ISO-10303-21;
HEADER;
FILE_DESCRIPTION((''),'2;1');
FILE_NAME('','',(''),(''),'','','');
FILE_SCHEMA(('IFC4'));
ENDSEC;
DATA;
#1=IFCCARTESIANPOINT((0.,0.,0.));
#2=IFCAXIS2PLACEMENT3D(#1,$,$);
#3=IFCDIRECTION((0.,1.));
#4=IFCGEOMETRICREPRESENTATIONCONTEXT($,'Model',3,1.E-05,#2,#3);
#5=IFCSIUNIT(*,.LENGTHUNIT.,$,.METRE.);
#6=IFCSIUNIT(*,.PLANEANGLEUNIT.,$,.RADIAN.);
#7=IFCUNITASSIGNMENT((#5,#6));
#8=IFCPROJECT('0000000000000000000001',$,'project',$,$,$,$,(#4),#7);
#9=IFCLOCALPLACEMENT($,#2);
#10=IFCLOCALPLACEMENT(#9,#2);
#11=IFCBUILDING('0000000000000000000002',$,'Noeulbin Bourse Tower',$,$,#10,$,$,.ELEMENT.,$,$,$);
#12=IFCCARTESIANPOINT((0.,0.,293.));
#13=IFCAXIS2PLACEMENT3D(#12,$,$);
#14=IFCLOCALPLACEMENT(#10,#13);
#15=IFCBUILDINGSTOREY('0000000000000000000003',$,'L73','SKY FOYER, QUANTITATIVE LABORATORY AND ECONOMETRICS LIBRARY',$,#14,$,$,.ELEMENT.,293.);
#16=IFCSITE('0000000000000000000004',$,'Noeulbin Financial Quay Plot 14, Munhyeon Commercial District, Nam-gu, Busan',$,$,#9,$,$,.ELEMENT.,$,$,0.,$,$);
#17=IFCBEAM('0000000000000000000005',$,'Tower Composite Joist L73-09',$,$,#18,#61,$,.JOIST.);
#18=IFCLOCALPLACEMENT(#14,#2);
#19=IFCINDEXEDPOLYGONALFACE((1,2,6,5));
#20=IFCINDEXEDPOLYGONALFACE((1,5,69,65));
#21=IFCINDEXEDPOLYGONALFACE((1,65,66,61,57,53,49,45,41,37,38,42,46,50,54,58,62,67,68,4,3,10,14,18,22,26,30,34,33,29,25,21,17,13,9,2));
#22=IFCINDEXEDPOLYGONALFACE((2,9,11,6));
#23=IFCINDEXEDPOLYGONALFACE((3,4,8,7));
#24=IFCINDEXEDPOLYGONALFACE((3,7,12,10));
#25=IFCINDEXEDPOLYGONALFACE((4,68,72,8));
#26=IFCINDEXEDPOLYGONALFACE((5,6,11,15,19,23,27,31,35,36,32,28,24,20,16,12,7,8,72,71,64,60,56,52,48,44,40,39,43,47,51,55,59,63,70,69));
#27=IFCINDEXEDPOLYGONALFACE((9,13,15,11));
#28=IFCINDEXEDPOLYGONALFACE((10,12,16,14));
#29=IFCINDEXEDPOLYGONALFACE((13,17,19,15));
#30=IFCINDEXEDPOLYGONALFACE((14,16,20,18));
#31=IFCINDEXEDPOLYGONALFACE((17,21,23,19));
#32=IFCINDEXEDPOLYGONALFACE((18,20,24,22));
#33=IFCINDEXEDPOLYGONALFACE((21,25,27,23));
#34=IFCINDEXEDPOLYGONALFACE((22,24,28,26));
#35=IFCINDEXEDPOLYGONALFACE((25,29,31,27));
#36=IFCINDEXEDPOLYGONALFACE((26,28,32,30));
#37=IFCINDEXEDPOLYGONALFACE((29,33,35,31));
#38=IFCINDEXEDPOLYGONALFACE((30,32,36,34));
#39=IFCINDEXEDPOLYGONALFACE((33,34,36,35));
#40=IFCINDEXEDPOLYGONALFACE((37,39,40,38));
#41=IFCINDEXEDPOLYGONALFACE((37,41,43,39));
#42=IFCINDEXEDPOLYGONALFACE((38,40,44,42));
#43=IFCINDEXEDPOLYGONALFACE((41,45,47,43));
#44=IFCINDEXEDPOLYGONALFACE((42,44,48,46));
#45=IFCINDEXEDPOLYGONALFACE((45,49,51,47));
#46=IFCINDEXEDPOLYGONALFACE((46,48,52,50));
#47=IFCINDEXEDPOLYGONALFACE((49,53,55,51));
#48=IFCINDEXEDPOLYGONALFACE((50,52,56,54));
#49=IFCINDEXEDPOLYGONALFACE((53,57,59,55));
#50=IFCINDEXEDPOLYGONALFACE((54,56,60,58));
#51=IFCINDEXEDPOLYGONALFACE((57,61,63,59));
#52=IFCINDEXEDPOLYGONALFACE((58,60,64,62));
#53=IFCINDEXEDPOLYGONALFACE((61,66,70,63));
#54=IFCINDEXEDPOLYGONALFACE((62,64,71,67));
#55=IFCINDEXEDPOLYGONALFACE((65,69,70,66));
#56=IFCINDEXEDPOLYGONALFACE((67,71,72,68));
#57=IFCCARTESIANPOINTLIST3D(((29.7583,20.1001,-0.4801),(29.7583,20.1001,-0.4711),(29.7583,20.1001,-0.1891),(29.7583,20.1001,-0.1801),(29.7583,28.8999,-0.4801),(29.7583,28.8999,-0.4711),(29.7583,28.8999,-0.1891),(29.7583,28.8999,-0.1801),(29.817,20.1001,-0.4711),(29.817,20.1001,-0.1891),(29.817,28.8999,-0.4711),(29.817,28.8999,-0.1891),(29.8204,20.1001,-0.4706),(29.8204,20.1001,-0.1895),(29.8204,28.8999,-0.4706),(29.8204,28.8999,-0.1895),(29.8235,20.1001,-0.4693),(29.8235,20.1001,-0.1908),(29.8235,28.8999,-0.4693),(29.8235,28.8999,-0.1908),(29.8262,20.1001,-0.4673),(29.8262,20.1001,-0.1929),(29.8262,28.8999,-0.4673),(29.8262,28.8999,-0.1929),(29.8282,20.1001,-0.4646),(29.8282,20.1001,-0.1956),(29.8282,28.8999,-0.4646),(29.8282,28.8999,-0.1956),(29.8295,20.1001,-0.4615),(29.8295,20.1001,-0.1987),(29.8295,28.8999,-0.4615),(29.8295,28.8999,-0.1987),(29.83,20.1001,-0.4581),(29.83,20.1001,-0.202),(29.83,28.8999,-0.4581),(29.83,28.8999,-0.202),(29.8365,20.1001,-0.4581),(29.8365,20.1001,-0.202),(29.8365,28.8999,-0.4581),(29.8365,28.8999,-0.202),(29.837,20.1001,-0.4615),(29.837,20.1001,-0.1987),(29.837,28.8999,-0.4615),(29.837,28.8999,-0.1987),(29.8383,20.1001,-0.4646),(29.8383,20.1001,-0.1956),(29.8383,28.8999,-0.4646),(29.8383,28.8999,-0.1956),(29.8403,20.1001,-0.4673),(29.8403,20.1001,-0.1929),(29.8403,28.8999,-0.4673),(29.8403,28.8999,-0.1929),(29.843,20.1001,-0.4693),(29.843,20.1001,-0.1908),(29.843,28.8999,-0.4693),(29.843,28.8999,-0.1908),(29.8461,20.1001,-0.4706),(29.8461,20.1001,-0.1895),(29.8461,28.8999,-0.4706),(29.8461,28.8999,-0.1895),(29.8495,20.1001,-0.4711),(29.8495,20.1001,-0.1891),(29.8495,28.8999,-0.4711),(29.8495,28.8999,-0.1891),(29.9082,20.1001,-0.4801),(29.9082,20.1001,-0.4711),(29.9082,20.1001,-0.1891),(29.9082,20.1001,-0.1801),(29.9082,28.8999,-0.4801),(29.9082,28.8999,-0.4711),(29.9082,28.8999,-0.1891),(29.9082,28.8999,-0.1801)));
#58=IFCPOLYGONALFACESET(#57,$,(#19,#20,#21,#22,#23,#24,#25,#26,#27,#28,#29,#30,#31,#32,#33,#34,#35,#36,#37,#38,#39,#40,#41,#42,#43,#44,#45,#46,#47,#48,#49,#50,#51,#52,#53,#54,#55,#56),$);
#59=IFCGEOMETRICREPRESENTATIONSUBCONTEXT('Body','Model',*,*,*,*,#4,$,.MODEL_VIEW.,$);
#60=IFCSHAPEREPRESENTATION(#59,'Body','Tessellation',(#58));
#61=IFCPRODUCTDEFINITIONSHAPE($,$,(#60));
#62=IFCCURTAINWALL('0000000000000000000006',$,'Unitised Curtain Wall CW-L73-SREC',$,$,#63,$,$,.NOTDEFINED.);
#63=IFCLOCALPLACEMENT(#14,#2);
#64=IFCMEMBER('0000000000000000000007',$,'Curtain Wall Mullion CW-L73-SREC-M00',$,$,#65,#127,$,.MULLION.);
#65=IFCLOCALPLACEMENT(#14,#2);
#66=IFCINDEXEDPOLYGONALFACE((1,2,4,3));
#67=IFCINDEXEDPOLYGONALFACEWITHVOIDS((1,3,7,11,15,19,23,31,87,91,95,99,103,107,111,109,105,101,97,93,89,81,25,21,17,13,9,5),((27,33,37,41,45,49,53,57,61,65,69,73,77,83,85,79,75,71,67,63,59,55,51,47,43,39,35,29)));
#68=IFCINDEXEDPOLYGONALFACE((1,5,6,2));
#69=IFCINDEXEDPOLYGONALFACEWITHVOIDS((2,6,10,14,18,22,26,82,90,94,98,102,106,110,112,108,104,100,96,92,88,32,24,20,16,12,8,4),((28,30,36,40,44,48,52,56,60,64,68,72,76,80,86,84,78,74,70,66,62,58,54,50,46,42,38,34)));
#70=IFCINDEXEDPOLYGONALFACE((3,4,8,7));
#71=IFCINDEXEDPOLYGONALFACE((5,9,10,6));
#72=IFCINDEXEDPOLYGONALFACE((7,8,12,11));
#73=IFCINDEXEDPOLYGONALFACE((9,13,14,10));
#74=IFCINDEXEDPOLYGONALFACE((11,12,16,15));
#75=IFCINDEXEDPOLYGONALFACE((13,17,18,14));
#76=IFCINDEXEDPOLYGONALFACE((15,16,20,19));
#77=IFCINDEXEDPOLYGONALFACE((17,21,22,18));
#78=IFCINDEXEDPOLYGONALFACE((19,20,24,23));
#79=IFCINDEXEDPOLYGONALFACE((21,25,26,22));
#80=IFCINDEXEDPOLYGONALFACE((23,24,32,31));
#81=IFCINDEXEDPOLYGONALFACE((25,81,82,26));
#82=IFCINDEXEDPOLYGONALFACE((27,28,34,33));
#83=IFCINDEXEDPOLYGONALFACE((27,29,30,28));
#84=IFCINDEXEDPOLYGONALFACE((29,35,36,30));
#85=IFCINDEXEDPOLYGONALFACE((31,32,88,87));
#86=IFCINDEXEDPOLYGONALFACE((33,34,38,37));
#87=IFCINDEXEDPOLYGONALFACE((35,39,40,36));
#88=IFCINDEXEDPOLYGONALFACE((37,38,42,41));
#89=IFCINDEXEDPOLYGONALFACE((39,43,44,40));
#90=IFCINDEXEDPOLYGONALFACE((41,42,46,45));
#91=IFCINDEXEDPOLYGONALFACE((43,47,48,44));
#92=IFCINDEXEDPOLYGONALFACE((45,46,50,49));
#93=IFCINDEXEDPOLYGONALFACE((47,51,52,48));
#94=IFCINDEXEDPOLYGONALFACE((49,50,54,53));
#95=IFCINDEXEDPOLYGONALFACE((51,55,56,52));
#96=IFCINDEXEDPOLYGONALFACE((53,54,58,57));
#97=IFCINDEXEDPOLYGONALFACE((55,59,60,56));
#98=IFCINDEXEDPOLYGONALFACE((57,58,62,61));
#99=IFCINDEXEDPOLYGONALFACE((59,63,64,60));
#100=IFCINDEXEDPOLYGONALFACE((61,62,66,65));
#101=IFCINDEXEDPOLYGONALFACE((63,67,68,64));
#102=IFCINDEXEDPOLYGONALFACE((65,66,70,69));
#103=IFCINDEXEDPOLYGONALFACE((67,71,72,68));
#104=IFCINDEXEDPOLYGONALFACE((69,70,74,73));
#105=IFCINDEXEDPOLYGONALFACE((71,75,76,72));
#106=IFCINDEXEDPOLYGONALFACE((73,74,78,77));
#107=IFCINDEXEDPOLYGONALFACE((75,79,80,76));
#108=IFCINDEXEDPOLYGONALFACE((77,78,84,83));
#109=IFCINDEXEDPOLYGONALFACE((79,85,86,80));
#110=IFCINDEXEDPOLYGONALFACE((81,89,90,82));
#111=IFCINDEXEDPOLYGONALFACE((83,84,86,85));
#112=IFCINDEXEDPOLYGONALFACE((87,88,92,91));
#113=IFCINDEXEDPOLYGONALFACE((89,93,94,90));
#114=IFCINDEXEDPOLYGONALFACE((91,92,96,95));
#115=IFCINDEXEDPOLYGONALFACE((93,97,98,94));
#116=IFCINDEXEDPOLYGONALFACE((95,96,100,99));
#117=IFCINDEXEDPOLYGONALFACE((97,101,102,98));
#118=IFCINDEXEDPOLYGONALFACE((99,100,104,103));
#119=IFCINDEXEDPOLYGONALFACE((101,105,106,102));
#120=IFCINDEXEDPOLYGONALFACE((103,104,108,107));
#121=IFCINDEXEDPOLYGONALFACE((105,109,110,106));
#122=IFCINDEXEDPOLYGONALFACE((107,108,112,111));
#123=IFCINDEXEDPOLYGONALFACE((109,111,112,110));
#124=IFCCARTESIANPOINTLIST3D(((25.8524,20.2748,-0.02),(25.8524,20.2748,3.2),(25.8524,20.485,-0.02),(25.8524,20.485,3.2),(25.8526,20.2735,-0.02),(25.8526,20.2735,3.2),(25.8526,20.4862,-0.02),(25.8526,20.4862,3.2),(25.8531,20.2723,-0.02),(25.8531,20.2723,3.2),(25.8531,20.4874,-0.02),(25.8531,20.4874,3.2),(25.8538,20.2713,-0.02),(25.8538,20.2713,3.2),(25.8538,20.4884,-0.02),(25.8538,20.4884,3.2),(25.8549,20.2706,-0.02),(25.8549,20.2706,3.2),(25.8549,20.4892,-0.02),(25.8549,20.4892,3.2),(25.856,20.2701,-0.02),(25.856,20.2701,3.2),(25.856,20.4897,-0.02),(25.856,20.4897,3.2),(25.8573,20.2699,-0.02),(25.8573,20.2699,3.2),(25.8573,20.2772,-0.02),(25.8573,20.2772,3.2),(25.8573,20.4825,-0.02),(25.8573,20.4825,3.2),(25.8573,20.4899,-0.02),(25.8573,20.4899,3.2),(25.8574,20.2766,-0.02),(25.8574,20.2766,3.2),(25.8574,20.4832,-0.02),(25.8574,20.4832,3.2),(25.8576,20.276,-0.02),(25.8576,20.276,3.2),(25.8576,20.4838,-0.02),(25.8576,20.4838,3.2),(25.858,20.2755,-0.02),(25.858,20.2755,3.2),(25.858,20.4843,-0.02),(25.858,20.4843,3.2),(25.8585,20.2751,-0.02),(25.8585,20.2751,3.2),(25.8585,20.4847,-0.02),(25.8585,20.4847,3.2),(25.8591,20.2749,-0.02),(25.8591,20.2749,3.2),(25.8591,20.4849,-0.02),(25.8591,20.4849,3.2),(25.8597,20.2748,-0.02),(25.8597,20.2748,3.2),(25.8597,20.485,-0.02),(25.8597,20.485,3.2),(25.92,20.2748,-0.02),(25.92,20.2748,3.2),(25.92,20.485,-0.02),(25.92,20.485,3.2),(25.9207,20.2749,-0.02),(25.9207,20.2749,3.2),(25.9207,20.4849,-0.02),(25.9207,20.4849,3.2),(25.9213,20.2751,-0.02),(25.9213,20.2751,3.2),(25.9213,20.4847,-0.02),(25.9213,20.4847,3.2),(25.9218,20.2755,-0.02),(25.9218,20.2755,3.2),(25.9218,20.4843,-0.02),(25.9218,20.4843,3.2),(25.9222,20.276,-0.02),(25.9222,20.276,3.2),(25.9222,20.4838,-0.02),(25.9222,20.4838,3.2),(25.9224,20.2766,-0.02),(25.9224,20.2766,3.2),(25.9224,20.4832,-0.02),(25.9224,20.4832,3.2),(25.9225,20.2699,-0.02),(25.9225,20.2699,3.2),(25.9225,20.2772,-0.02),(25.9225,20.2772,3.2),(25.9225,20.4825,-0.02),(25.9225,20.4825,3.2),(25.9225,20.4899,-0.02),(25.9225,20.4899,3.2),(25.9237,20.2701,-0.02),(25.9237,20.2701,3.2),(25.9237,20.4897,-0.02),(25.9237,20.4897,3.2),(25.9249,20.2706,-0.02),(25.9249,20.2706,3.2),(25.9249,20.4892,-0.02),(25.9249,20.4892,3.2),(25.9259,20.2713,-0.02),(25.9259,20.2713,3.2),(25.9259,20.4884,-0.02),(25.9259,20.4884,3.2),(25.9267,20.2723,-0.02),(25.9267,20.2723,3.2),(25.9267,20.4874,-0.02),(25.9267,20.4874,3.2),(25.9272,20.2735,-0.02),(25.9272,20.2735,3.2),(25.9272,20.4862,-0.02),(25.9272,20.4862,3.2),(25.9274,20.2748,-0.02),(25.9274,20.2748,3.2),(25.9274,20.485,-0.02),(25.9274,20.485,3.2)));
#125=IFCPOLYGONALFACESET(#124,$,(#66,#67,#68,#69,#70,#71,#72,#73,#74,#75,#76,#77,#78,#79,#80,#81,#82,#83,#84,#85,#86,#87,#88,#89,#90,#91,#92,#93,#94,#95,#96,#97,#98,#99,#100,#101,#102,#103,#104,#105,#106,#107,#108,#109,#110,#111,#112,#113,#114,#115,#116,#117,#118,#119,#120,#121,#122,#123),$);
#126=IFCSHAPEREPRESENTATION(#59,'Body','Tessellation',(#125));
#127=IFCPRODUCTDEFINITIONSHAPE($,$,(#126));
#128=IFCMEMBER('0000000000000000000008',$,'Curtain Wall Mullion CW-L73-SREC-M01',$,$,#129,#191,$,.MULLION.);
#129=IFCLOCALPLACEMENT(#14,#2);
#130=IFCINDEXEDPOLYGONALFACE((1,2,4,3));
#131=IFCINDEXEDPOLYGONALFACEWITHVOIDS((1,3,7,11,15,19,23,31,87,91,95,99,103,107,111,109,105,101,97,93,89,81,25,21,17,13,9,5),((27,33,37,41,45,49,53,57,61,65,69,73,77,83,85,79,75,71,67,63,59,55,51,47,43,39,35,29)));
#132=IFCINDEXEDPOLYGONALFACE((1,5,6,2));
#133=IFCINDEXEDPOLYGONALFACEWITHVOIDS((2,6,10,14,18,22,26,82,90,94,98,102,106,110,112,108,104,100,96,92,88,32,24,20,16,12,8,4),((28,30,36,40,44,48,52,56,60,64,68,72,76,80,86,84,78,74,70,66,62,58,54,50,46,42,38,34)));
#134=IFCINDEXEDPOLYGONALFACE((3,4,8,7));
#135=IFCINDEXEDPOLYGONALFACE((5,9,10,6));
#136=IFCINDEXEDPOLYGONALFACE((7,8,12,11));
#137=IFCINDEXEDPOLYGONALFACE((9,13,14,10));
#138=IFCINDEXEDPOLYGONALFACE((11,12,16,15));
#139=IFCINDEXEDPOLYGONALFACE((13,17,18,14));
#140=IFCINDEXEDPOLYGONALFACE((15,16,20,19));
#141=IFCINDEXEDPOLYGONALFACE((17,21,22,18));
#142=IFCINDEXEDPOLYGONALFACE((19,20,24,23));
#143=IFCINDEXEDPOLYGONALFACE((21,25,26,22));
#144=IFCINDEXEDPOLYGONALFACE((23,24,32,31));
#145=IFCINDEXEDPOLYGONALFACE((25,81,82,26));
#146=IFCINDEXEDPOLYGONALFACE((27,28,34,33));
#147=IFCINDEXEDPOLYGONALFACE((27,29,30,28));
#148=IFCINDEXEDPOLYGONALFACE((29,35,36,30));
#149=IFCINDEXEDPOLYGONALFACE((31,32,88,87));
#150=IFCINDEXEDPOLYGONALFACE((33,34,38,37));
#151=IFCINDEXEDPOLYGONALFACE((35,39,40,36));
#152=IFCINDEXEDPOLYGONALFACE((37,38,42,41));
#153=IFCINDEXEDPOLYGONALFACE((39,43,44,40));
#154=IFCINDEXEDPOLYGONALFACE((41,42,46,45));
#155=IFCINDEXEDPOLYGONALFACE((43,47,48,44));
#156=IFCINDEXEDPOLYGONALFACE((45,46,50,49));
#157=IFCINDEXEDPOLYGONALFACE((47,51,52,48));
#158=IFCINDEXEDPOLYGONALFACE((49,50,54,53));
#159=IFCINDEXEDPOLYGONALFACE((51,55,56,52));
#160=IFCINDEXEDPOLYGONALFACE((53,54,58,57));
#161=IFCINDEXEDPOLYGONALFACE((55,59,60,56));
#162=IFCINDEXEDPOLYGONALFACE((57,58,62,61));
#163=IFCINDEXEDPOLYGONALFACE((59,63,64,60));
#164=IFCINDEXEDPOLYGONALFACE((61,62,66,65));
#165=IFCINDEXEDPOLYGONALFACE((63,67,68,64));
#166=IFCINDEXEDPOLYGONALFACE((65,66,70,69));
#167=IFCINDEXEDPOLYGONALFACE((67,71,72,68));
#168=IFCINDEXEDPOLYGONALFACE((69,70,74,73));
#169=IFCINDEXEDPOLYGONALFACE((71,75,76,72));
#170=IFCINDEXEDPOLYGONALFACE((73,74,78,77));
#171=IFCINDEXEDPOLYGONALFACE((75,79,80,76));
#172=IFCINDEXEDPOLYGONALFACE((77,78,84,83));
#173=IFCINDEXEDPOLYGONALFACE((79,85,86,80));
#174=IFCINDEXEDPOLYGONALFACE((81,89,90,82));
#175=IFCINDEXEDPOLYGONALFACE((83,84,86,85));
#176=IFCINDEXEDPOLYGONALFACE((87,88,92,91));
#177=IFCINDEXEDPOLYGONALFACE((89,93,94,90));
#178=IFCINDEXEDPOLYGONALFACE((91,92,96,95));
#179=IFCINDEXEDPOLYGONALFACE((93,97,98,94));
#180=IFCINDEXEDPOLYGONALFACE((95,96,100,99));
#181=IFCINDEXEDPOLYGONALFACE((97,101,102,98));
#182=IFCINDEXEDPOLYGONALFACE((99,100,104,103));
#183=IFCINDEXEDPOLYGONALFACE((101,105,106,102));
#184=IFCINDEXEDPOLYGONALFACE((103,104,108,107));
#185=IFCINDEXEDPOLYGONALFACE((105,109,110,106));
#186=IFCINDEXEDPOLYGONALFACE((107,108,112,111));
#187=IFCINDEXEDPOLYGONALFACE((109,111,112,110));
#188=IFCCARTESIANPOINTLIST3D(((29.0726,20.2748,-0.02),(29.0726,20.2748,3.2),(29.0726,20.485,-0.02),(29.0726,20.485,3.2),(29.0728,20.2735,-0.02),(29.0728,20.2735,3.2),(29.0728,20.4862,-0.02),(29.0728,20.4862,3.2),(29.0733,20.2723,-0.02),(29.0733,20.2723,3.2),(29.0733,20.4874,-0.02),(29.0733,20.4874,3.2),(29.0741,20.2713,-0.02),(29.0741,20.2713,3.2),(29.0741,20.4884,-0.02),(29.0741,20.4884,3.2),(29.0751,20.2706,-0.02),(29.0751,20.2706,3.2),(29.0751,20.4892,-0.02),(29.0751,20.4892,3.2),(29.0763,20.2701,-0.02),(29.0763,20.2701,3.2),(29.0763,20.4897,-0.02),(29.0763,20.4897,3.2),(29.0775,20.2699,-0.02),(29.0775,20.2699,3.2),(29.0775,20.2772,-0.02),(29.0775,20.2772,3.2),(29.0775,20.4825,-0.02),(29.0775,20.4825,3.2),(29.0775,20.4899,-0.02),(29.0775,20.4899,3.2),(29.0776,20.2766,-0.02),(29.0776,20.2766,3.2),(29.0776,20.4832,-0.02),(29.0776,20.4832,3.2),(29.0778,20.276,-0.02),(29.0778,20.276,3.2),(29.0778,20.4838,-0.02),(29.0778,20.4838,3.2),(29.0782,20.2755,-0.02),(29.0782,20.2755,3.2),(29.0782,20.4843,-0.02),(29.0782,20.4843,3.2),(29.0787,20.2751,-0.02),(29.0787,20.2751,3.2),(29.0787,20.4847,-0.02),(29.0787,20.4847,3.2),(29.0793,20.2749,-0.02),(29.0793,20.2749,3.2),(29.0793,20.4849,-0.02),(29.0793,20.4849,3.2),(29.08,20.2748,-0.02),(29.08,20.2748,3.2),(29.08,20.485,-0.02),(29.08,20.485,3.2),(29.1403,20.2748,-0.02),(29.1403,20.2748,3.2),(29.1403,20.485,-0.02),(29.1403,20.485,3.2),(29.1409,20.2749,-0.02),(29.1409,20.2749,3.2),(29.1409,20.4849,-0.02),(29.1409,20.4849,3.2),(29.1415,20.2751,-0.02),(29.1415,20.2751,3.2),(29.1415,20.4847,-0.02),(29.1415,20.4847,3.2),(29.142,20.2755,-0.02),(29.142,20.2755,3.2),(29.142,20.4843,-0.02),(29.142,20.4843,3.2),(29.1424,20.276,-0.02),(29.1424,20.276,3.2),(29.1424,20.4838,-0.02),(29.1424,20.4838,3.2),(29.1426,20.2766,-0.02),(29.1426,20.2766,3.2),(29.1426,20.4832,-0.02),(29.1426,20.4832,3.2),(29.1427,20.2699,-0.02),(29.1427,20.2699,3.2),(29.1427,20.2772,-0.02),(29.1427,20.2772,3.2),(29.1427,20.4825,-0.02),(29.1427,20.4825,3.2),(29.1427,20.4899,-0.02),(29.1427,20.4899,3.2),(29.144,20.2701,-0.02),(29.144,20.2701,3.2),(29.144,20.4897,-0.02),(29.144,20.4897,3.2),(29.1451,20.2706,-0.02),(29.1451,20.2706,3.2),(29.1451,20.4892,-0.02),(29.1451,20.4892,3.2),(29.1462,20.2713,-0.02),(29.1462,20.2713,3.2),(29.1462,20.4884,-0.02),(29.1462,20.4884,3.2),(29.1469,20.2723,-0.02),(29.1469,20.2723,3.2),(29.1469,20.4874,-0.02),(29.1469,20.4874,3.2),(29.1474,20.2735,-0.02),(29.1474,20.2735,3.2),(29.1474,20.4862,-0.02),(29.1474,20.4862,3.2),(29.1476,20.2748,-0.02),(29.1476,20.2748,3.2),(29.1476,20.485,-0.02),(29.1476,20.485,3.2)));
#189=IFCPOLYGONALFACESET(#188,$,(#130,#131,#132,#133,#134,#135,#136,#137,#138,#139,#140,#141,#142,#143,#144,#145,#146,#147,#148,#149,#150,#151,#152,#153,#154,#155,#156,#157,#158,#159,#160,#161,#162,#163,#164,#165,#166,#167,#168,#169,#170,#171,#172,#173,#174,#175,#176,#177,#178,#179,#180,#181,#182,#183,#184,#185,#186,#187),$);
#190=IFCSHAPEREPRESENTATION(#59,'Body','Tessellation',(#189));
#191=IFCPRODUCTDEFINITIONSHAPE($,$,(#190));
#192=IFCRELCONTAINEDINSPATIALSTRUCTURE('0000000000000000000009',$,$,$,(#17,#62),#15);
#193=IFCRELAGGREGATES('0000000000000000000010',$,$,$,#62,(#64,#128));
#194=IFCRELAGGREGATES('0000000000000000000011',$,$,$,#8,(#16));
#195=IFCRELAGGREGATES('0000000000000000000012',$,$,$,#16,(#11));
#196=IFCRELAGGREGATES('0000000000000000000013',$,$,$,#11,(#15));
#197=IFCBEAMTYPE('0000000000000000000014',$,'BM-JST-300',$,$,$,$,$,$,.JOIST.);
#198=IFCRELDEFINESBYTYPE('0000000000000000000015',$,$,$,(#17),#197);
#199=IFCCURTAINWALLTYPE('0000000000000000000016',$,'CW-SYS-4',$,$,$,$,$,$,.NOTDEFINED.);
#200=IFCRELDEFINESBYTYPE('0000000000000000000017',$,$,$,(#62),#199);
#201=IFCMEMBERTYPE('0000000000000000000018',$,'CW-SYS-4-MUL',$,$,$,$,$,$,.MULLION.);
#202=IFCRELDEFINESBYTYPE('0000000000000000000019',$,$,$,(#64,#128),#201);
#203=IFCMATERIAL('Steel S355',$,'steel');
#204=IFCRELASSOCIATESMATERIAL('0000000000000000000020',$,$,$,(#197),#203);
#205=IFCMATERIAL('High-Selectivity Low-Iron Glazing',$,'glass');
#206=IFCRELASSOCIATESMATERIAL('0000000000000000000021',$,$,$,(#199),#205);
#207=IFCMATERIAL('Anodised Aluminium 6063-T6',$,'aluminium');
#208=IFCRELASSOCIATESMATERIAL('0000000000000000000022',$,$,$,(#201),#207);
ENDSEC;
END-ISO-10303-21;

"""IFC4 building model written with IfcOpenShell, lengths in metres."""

from ifc_helpers import new_model, si_unit, direction, frame, origin, origin_2d, place, context, subcontext, project, spatial, hollow_rectangle, i_section, extrude, material, material_profile, profile_set, type_object, element, aggregate, save


model = new_model("IFC4")

# Units and contexts
model_context = context("Model", 3, precision=1e-05, world=origin(), true_north=direction((0.0, 1.0)))
body_context = subcontext(model_context, "Body", "Model", "MODEL_VIEW")
ifc_project = project(units=[si_unit("LENGTHUNIT", "METRE"), si_unit("PLANEANGLEUNIT", "RADIAN")], contexts=[model_context])

# Site, building, storey
site_placement = place(None, origin())
site = spatial("IfcSite", under=ifc_project, at=site_placement, Name="Noeulbin Financial Quay Plot 14, Munhyeon Commercial District, Nam-gu, Busan", CompositionType="ELEMENT", RefElevation=0.0)
building_placement = place(site_placement, origin())
building = spatial("IfcBuilding", under=site, at=building_placement, Name="Noeulbin Bourse Tower", CompositionType="ELEMENT")
storey_placement = place(building_placement, frame((0.0, 0.0, 293.0)))
storey = spatial("IfcBuildingStorey", under=building, at=storey_placement, Name="L73", Description="SKY FOYER, QUANTITATIVE LABORATORY AND ECONOMETRICS LIBRARY", CompositionType="ELEMENT", Elevation=293.0)

# Shared definitions
ifc_material_1 = material(Name="Steel S355", Category="steel")

# Beam
ifc_material_profile_1 = material_profile(ifc_material_1, i_section(OverallWidth=0.1499, OverallDepth=0.3, WebThickness=0.0066, FlangeThickness=0.009, FilletRadius=0.0129, at=origin_2d()), Name="H-300x150x6.5x9", Category="LoadBearing")
ifc_profile_set_1 = profile_set([ifc_material_profile_1], Name="Steel S355")
beam_type_1 = type_object("IfcBeamType", Name="BM-JST-300", PredefinedType="JOIST", material=ifc_profile_set_1)
for number, where, z_axis, x_axis, name in (
    (1, (29.8333, 20.1001, -0.3301), (0.0, 1.0, 0.0), (-1.0, 0.0, 0.0), "Tower Composite Joist L73-09"),
):
    element("IfcBeam", number, at=place(storey_placement, frame(where, z_axis=z_axis, x_axis=x_axis)), inside=storey, type_object=beam_type_1, Name=name, PredefinedType="JOIST", context=body_context, shape_type="SweptSolid", body=[
        extrude(i_section(OverallWidth=0.1499, OverallDepth=0.3, WebThickness=0.0066, FlangeThickness=0.009, FilletRadius=0.0129, at=origin_2d()), origin(), (0.0, 0.0, 1.0), 8.7998),
    ])

# Curtain wall, members
ifc_material_2 = material(Name="High-Selectivity Low-Iron Glazing", Category="glass")
curtain_wall_type = type_object("IfcCurtainWallType", Name="CW-SYS-4", PredefinedType="NOTDEFINED", material=ifc_material_2)
curtain_wall_1_placement = place(storey_placement, origin())
curtain_wall_1 = element("IfcCurtainWall", 2, at=curtain_wall_1_placement, inside=storey, type_object=curtain_wall_type, Name="Unitised Curtain Wall CW-L73-SREC", PredefinedType="NOTDEFINED")
ifc_material_3 = material(Name="Anodised Aluminium 6063-T6", Category="aluminium")
ifc_material_profile_2 = material_profile(ifc_material_3, hollow_rectangle(XDim=0.075, YDim=0.22, WallThickness=0.0049, InnerFilletRadius=0.0024, OuterFilletRadius=0.0049, at=origin_2d()), Name="ALU-MULL-75x220x5", Category="LoadBearing")
ifc_profile_set_2 = profile_set([ifc_material_profile_2], Name="Anodised Aluminium 6063-T6")
member_type_1 = type_object("IfcMemberType", Name="CW-SYS-4-MUL", PredefinedType="MULLION", material=ifc_profile_set_2)
member_1_placement = place(storey_placement, frame((25.8899, 20.3799, -0.02), z_axis=(0.0, 0.0, 1.0), x_axis=(1.0, 0.0, 0.0)))
member_1 = element("IfcMember", 3, at=member_1_placement, type_object=member_type_1, Name="Curtain Wall Mullion CW-L73-SREC-M00", PredefinedType="MULLION", context=body_context, shape_type="SweptSolid", body=[
    extrude(hollow_rectangle(XDim=0.075, YDim=0.22, WallThickness=0.0049, InnerFilletRadius=0.0024, OuterFilletRadius=0.0049, at=origin_2d()), origin(), (0.0, 0.0, 1.0), 3.22),
])
member_2_placement = place(storey_placement, frame((29.1101, 20.3799, -0.02), z_axis=(0.0, 0.0, 1.0), x_axis=(1.0, 0.0, 0.0)))
member_2 = element("IfcMember", 4, at=member_2_placement, type_object=member_type_1, Name="Curtain Wall Mullion CW-L73-SREC-M01", PredefinedType="MULLION", context=body_context, shape_type="SweptSolid", body=[
    extrude(hollow_rectangle(XDim=0.075, YDim=0.22, WallThickness=0.0049, InnerFilletRadius=0.0024, OuterFilletRadius=0.0049, at=origin_2d()), origin(), (0.0, 0.0, 1.0), 3.22),
])

aggregate(curtain_wall_1, [member_1, member_2])

save(model, "model.ifc")
